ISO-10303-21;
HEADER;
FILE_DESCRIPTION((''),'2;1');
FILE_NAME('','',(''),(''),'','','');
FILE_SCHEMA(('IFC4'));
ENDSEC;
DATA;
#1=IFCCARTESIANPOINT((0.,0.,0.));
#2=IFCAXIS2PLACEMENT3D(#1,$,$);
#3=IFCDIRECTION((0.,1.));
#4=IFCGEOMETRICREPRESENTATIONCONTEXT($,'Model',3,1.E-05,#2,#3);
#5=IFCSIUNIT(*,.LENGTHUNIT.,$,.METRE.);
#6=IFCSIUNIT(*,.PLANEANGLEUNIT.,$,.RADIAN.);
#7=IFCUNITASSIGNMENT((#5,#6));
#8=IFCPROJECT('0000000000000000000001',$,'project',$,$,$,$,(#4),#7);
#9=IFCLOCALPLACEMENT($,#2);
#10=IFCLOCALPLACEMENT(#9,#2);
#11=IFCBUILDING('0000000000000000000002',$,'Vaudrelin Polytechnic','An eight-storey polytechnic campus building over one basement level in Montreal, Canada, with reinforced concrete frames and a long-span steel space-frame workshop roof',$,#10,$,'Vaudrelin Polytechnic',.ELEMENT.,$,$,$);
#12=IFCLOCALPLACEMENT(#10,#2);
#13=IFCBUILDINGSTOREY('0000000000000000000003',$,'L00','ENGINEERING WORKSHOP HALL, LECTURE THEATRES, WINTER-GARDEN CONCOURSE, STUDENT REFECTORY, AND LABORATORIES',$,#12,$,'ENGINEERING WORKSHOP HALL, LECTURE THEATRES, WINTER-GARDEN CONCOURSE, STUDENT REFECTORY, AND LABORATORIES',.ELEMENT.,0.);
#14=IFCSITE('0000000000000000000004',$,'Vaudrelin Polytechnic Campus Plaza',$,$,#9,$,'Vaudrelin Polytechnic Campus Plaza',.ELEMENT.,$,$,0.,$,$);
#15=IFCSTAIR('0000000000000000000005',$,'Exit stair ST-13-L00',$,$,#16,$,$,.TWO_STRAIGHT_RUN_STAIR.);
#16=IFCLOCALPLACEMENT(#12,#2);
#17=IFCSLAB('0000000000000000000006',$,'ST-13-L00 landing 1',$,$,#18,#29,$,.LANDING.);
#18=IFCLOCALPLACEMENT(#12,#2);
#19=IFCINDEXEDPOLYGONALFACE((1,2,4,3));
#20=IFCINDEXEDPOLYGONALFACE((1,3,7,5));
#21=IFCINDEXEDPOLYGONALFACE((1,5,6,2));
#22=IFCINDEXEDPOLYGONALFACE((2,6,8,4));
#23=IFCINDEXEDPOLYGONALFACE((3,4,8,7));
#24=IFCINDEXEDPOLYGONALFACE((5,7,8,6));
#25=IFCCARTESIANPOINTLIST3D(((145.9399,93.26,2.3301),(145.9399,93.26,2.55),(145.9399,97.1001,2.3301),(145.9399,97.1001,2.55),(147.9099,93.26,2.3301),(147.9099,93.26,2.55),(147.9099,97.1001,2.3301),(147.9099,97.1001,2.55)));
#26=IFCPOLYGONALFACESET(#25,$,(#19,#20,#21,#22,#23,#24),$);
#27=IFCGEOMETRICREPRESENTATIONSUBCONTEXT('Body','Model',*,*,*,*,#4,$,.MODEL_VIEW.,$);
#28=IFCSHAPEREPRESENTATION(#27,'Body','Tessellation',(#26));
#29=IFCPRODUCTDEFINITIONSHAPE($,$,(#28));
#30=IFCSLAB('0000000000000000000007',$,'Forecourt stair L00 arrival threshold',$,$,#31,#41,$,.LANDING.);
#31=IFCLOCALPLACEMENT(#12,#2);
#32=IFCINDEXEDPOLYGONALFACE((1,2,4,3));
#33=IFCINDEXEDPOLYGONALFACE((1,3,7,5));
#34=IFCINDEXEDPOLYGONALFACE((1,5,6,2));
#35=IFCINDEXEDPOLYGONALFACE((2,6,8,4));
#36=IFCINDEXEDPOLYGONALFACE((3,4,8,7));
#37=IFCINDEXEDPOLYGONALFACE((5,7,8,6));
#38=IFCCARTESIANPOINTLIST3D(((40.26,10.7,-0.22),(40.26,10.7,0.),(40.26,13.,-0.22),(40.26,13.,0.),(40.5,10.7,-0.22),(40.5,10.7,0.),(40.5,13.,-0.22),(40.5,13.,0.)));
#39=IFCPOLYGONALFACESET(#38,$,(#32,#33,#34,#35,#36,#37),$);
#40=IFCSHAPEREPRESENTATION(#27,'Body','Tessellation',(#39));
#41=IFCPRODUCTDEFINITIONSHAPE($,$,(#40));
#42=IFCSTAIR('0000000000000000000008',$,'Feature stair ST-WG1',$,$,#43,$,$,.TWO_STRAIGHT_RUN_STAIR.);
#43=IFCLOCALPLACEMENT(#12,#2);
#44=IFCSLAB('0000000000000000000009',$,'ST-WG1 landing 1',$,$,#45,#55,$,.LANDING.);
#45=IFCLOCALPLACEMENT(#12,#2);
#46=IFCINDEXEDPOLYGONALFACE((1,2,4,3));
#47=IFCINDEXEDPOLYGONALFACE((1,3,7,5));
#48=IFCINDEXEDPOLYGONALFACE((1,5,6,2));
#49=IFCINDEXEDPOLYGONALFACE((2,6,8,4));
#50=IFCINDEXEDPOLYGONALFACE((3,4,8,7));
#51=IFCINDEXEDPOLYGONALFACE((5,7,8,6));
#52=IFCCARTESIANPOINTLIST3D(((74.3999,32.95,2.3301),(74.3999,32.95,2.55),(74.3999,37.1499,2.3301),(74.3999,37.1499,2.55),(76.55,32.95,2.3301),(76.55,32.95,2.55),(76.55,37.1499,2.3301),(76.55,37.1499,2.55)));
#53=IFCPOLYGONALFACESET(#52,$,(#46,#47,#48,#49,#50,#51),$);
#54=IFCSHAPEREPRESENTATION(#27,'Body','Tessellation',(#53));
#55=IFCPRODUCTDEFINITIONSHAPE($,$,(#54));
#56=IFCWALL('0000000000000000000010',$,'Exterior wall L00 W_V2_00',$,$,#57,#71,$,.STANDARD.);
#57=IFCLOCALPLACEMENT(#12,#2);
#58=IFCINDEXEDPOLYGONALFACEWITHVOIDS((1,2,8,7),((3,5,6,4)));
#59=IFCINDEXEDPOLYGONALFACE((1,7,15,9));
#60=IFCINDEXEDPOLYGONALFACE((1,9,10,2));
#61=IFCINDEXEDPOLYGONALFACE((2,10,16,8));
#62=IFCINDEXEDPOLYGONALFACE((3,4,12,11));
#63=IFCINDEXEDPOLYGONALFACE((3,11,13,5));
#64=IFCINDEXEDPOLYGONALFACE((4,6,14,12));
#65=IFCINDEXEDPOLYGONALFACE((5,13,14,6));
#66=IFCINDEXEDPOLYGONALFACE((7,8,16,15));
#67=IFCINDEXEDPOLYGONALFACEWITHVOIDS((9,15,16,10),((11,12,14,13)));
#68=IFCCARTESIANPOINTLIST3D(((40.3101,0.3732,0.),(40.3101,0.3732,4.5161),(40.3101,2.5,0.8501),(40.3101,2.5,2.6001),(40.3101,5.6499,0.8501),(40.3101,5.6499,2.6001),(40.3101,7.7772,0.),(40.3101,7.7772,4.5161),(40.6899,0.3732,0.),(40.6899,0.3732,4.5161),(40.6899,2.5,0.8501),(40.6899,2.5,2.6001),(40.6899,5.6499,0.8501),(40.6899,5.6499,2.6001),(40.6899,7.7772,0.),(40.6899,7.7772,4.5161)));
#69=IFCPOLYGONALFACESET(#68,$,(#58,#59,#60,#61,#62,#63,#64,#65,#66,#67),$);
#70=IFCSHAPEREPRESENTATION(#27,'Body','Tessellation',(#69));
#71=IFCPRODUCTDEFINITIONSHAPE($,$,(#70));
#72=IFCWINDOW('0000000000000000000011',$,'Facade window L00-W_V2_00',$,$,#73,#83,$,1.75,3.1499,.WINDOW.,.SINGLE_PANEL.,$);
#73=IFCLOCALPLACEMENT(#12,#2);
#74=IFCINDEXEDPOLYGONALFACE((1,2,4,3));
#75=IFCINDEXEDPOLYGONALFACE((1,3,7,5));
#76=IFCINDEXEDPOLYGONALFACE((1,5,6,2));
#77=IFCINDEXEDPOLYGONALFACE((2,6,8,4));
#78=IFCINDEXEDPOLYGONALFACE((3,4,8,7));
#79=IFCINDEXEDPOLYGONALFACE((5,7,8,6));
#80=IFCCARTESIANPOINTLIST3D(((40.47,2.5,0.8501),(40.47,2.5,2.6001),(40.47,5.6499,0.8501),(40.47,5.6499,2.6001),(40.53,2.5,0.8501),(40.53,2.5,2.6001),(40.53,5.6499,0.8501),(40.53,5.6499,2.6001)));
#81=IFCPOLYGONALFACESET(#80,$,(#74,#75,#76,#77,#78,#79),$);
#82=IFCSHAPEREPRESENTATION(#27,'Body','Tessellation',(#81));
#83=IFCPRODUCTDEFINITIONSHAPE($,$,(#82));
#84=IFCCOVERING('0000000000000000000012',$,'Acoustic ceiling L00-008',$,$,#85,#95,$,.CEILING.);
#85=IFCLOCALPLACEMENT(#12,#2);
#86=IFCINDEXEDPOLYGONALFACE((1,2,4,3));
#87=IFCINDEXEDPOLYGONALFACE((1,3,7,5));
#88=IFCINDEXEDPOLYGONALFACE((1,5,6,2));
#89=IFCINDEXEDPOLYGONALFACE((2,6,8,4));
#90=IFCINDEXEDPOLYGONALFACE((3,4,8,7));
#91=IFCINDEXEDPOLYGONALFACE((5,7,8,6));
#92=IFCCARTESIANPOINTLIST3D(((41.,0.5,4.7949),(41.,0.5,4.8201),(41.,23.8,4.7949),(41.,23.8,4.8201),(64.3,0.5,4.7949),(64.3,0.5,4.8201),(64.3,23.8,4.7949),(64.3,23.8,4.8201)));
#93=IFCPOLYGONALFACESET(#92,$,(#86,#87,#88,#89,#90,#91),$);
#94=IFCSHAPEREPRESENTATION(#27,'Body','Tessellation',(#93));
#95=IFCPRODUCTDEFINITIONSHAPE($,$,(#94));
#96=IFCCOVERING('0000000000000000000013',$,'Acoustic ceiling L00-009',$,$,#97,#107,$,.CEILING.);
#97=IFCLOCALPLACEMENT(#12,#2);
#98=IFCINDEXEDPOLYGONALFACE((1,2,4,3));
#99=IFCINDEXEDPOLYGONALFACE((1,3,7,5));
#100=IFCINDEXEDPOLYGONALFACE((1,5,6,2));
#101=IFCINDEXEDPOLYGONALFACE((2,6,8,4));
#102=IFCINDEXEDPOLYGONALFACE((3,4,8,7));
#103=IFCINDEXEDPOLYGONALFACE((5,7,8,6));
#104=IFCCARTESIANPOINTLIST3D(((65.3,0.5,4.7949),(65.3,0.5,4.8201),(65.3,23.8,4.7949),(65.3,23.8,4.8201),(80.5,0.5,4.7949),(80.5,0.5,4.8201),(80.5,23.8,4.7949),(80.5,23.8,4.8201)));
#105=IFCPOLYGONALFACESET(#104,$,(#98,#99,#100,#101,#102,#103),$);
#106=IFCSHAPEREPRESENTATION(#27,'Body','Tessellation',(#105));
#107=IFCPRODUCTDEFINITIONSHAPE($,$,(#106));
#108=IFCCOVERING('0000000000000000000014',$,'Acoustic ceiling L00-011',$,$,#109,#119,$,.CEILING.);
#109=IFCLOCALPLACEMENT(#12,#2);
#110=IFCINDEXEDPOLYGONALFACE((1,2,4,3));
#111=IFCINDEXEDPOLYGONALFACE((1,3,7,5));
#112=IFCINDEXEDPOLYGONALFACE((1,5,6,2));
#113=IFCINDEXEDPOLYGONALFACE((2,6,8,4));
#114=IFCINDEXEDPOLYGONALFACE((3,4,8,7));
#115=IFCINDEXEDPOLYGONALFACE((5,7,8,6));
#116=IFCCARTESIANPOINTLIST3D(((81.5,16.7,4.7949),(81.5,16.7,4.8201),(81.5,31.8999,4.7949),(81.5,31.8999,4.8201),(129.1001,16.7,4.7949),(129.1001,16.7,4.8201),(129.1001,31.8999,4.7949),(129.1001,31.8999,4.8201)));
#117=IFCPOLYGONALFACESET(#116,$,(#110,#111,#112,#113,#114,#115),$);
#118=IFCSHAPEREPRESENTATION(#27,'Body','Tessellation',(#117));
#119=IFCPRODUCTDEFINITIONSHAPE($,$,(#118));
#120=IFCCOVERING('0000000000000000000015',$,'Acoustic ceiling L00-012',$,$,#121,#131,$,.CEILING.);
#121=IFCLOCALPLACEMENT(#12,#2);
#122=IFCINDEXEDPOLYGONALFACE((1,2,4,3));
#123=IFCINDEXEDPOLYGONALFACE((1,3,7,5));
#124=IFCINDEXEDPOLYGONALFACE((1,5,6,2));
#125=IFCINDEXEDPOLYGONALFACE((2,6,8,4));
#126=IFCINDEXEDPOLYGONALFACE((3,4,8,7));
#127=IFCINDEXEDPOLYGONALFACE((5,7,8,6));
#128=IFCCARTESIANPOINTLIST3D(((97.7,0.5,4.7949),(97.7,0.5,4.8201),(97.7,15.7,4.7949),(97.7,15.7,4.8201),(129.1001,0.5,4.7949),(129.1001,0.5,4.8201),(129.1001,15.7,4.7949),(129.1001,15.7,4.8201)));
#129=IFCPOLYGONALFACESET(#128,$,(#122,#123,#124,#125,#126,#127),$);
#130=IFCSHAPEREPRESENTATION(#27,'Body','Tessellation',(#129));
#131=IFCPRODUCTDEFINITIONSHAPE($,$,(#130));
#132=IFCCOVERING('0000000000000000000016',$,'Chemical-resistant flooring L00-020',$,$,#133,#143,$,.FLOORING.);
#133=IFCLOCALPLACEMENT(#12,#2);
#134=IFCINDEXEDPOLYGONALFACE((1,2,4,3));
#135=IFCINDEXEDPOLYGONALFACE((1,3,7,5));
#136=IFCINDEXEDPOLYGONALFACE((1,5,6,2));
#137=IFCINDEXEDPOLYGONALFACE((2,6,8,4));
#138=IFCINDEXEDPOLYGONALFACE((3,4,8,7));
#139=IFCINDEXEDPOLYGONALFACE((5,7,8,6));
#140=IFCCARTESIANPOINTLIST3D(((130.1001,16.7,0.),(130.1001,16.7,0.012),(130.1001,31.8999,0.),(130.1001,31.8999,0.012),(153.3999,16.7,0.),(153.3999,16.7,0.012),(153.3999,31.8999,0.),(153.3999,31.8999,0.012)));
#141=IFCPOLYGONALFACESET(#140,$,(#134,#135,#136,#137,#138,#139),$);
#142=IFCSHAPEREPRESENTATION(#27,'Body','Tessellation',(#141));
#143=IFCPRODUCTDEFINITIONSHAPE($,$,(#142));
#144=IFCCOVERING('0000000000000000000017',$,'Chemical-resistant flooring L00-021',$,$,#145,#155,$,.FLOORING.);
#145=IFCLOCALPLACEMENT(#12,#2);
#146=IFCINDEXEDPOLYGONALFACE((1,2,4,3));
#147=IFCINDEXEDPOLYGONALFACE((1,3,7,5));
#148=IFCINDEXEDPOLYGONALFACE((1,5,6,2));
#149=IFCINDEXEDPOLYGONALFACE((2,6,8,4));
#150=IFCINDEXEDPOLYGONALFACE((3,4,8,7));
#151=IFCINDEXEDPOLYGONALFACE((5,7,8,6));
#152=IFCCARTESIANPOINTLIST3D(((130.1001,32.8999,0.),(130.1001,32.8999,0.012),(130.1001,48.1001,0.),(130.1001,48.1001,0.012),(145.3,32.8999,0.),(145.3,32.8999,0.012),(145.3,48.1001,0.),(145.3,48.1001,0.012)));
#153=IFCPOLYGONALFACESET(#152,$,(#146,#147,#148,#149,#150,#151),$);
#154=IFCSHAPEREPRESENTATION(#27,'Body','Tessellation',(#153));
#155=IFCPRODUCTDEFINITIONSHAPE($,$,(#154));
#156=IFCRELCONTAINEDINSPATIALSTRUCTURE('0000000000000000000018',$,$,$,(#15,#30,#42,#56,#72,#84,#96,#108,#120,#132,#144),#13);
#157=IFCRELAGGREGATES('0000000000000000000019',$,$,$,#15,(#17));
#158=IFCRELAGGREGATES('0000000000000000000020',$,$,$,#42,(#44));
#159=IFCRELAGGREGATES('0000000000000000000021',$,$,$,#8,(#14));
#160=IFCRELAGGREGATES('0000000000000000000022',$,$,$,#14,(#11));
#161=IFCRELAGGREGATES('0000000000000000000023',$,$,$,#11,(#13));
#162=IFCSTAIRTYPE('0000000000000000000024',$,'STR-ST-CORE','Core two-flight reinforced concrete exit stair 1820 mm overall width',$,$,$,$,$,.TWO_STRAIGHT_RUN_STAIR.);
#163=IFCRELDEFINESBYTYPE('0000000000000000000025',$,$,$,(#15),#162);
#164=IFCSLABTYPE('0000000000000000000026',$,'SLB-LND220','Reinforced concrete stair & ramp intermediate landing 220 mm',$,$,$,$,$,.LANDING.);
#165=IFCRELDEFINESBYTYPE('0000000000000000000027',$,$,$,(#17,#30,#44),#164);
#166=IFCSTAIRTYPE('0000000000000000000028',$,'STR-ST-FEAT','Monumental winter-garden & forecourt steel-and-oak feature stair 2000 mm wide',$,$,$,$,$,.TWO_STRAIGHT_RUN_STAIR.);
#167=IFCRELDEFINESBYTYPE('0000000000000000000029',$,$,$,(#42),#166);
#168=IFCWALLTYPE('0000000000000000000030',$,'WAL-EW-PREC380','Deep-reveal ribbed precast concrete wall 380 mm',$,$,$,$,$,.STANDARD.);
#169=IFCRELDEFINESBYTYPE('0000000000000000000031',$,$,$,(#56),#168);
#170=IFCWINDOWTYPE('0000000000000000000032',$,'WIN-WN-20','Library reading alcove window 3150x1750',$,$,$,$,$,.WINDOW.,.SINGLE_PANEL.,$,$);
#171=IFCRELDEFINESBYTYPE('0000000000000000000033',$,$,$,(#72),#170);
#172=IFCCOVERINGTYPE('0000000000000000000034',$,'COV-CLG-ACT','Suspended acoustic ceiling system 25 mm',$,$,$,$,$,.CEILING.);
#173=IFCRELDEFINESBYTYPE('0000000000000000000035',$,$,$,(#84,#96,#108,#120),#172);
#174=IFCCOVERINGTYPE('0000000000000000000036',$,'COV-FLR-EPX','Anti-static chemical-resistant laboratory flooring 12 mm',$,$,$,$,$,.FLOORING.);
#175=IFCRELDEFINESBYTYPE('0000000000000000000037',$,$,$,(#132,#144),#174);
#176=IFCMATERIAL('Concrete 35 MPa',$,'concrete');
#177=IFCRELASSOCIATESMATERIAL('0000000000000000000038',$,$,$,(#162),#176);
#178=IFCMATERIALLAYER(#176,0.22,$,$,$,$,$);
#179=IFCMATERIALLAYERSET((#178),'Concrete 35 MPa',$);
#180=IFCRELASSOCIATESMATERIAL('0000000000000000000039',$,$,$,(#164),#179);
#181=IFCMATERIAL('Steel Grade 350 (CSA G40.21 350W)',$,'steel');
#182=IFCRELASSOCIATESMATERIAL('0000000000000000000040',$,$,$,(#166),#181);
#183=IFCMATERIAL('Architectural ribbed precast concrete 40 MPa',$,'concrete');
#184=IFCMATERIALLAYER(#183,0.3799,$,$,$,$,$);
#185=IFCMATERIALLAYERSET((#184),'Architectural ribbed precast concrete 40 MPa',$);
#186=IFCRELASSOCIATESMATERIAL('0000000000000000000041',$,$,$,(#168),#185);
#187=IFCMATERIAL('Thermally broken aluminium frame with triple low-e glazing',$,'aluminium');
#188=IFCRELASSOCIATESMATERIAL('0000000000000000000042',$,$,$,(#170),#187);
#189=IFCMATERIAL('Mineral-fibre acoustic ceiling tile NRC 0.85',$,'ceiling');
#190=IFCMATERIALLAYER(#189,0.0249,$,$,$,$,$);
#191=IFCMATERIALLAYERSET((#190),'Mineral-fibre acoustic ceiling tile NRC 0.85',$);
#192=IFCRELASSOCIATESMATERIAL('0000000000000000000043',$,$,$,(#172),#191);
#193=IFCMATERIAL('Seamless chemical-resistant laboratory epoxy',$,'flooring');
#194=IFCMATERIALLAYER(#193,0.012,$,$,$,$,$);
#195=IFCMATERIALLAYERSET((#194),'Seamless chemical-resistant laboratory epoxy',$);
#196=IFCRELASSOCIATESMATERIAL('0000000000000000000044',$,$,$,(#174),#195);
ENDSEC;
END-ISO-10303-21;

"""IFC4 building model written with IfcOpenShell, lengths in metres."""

from ifc_helpers import new_model, si_unit, direction, frame, frame_2d, origin, place, context, subcontext, project, spatial, polyline, rectangle, outline, extrude, material, layer, layer_set, type_object, element, fill, aggregate, save


model = new_model("IFC4")

# Units and contexts
model_context = context("Model", 3, precision=1e-05, world=origin(), true_north=direction((0.0, 1.0)))
body_context = subcontext(model_context, "Body", "Model", "MODEL_VIEW")
ifc_project = project(units=[si_unit("LENGTHUNIT", "METRE"), si_unit("PLANEANGLEUNIT", "RADIAN")], contexts=[model_context])

# Site, building, storey
site_placement = place(None, origin())
site = spatial("IfcSite", under=ifc_project, at=site_placement, Name="Vaudrelin Polytechnic Campus Plaza", LongName="Vaudrelin Polytechnic Campus Plaza", CompositionType="ELEMENT", RefElevation=0.0)
building_placement = place(site_placement, origin())
building = spatial("IfcBuilding", under=site, at=building_placement, Name="Vaudrelin Polytechnic", Description="An eight-storey polytechnic campus building over one basement level in Montreal, Canada, with reinforced concrete frames and a long-span steel space-frame workshop roof", LongName="Vaudrelin Polytechnic", CompositionType="ELEMENT")
storey_placement = place(building_placement, origin())
storey = spatial("IfcBuildingStorey", under=building, at=storey_placement, Name="L00", Description="ENGINEERING WORKSHOP HALL, LECTURE THEATRES, WINTER-GARDEN CONCOURSE, STUDENT REFECTORY, AND LABORATORIES", LongName="ENGINEERING WORKSHOP HALL, LECTURE THEATRES, WINTER-GARDEN CONCOURSE, STUDENT REFECTORY, AND LABORATORIES", CompositionType="ELEMENT", Elevation=0.0)

# Stair, slab
ifc_material_1 = material(Name="Concrete 35 MPa", Category="concrete")
stair_type_1 = type_object("IfcStairType", Name="STR-ST-CORE", Description="Core two-flight reinforced concrete exit stair 1820 mm overall width", PredefinedType="TWO_STRAIGHT_RUN_STAIR", material=ifc_material_1)
ifc_layer_1 = layer(ifc_material_1, 0.22)
ifc_layer_set_1 = layer_set([ifc_layer_1], Name="Concrete 35 MPa")
slab_type = type_object("IfcSlabType", Name="SLB-LND220", Description="Reinforced concrete stair & ramp intermediate landing 220 mm", PredefinedType="LANDING", material=ifc_layer_set_1)
stair_1_placement = place(storey_placement, origin())
stair_1 = element("IfcStair", 1, at=stair_1_placement, inside=storey, type_object=stair_type_1, Name="Exit stair ST-13-L00", PredefinedType="TWO_STRAIGHT_RUN_STAIR")
slab_1_placement = place(storey_placement, frame((0.0, 0.0, 2.3301)))
slab_1 = element("IfcSlab", 2, at=slab_1_placement, type_object=slab_type, Name="ST-13-L00 landing 1", PredefinedType="LANDING", context=body_context, shape_type="SweptSolid", body=[
    extrude(outline(polyline([(145.9399, 93.26), (147.9099, 93.26), (147.9099, 97.1001), (145.9399, 97.1001), (145.9399, 93.26)])), origin(), (0.0, 0.0, 1.0), 0.22),
])
aggregate(stair_1, [slab_1])

# Slab
slab_2_placement = place(storey_placement, frame((0.0, 0.0, -0.22)))
element("IfcSlab", 3, at=slab_2_placement, inside=storey, type_object=slab_type, Name="Forecourt stair L00 arrival threshold", PredefinedType="LANDING", context=body_context, shape_type="SweptSolid", body=[
    extrude(outline(polyline([(40.26, 10.7), (40.5, 10.7), (40.5, 13.0), (40.26, 13.0), (40.26, 10.7)])), origin(), (0.0, 0.0, 1.0), 0.22),
])

# Stair, slab
ifc_material_2 = material(Name="Steel Grade 350 (CSA G40.21 350W)", Category="steel")
stair_type_2 = type_object("IfcStairType", Name="STR-ST-FEAT", Description="Monumental winter-garden & forecourt steel-and-oak feature stair 2000 mm wide", PredefinedType="TWO_STRAIGHT_RUN_STAIR", material=ifc_material_2)
stair_2_placement = place(storey_placement, origin())
stair_2 = element("IfcStair", 4, at=stair_2_placement, inside=storey, type_object=stair_type_2, Name="Feature stair ST-WG1", PredefinedType="TWO_STRAIGHT_RUN_STAIR")
slab_3_placement = place(storey_placement, frame((0.0, 0.0, 2.3301)))
slab_3 = element("IfcSlab", 5, at=slab_3_placement, type_object=slab_type, Name="ST-WG1 landing 1", PredefinedType="LANDING", context=body_context, shape_type="SweptSolid", body=[
    extrude(outline(polyline([(74.3999, 32.95), (76.55, 32.95), (76.55, 37.1499), (74.3999, 37.1499), (74.3999, 32.95)])), origin(), (0.0, 0.0, 1.0), 0.22),
])
aggregate(stair_2, [slab_3])

# Wall, opening, window
ifc_material_3 = material(Name="Architectural ribbed precast concrete 40 MPa", Category="concrete")
ifc_layer_2 = layer(ifc_material_3, 0.3799)
ifc_layer_set_2 = layer_set([ifc_layer_2], Name="Architectural ribbed precast concrete 40 MPa")
wall_type_1 = type_object("IfcWallType", Name="WAL-EW-PREC380", Description="Deep-reveal ribbed precast concrete wall 380 mm", PredefinedType="STANDARD", material=ifc_layer_set_2)
wall_1_placement = place(storey_placement, frame((40.5, 0.373, 0.0), z_axis=(0.0, 0.0, 1.0), x_axis=(0.0, 1.0, 0.0)))
wall_1 = element("IfcWall", 6, at=wall_1_placement, inside=storey, type_object=wall_type_1, Name="Exterior wall L00 W_V2_00", PredefinedType="STANDARD", context=body_context, shape_type="SweptSolid", body=[
    extrude(rectangle(XDim=7.4041, YDim=0.3799, at=frame_2d((3.7021, 0.0))), origin(), (0.0, 0.0, 1.0), 4.5161),
])
opening_1_placement = place(wall_1_placement, frame((2.127, 0.0, 0.8501)))
opening_1 = element("IfcOpeningElement", 7, at=opening_1_placement, cuts=wall_1, PredefinedType="OPENING", context=body_context, shape_type="SweptSolid", body=[
    extrude(rectangle(XDim=3.1499, YDim=1.75, at=frame_2d((1.575, 0.875))), frame((0.0, 0.2, 0.0), z_axis=(0.0, -1.0, 0.0), x_axis=(1.0, 0.0, 0.0)), (0.0, 0.0, 1.0), 0.3999),
])
ifc_material_4 = material(Name="Thermally broken aluminium frame with triple low-e glazing", Category="aluminium")
window_type = type_object("IfcWindowType", Name="WIN-WN-20", Description="Library reading alcove window 3150x1750", PartitioningType="SINGLE_PANEL", PredefinedType="WINDOW", material=ifc_material_4)
window_placement = place(opening_1_placement, origin())
window = element("IfcWindow", 8, at=window_placement, inside=storey, type_object=window_type, Name="Facade window L00-W_V2_00", OverallHeight=1.75, OverallWidth=3.1499, PartitioningType="SINGLE_PANEL", PredefinedType="WINDOW", context=body_context, shape_type="SweptSolid", body=[
    extrude(rectangle(XDim=3.1499, YDim=1.75, at=frame_2d((1.575, 0.875))), frame((0.0, 0.03, 0.0), z_axis=(0.0, -1.0, 0.0), x_axis=(1.0, 0.0, 0.0)), (0.0, 0.0, 1.0), 0.0601),
])
fill(opening_1, window)

# Coverings
ifc_material_5 = material(Name="Mineral-fibre acoustic ceiling tile NRC 0.85", Category="ceiling")
ifc_layer_3 = layer(ifc_material_5, 0.0249)
ifc_layer_set_3 = layer_set([ifc_layer_3], Name="Mineral-fibre acoustic ceiling tile NRC 0.85")
covering_type_1 = type_object("IfcCoveringType", Name="COV-CLG-ACT", Description="Suspended acoustic ceiling system 25 mm", PredefinedType="CEILING", material=ifc_layer_set_3)
covering_1_placement = place(storey_placement, frame((0.0, 0.0, 4.7949)))
element("IfcCovering", 9, at=covering_1_placement, inside=storey, type_object=covering_type_1, Name="Acoustic ceiling L00-008", PredefinedType="CEILING", context=body_context, shape_type="SweptSolid", body=[
    extrude(outline(polyline([(41.0, 0.5), (64.3, 0.5), (64.3, 23.8), (41.0, 23.8), (41.0, 0.5)])), origin(), (0.0, 0.0, 1.0), 0.0251),
])
covering_2_placement = place(storey_placement, frame((0.0, 0.0, 4.7949)))
element("IfcCovering", 10, at=covering_2_placement, inside=storey, type_object=covering_type_1, Name="Acoustic ceiling L00-009", PredefinedType="CEILING", context=body_context, shape_type="SweptSolid", body=[
    extrude(outline(polyline([(65.3, 0.5), (80.5, 0.5), (80.5, 23.8), (65.3, 23.8), (65.3, 0.5)])), origin(), (0.0, 0.0, 1.0), 0.0251),
])
covering_3_placement = place(storey_placement, frame((0.0, 0.0, 4.7949)))
element("IfcCovering", 11, at=covering_3_placement, inside=storey, type_object=covering_type_1, Name="Acoustic ceiling L00-011", PredefinedType="CEILING", context=body_context, shape_type="SweptSolid", body=[
    extrude(outline(polyline([(81.5, 16.7), (129.1001, 16.7), (129.1001, 31.8999), (81.5, 31.8999), (81.5, 16.7)])), origin(), (0.0, 0.0, 1.0), 0.0251),
])
covering_4_placement = place(storey_placement, frame((0.0, 0.0, 4.7949)))
element("IfcCovering", 12, at=covering_4_placement, inside=storey, type_object=covering_type_1, Name="Acoustic ceiling L00-012", PredefinedType="CEILING", context=body_context, shape_type="SweptSolid", body=[
    extrude(outline(polyline([(97.7, 0.5), (129.1001, 0.5), (129.1001, 15.7), (97.7, 15.7), (97.7, 0.5)])), origin(), (0.0, 0.0, 1.0), 0.0251),
])
ifc_material_6 = material(Name="Seamless chemical-resistant laboratory epoxy", Category="flooring")
ifc_layer_4 = layer(ifc_material_6, 0.012)
ifc_layer_set_4 = layer_set([ifc_layer_4], Name="Seamless chemical-resistant laboratory epoxy")
covering_type_2 = type_object("IfcCoveringType", Name="COV-FLR-EPX", Description="Anti-static chemical-resistant laboratory flooring 12 mm", PredefinedType="FLOORING", material=ifc_layer_set_4)
covering_5_placement = place(storey_placement, origin())
element("IfcCovering", 13, at=covering_5_placement, inside=storey, type_object=covering_type_2, Name="Chemical-resistant flooring L00-020", PredefinedType="FLOORING", context=body_context, shape_type="SweptSolid", body=[
    extrude(outline(polyline([(130.1001, 16.7), (153.3999, 16.7), (153.3999, 31.8999), (130.1001, 31.8999), (130.1001, 16.7)])), origin(), (0.0, 0.0, 1.0), 0.012),
])
covering_6_placement = place(storey_placement, origin())
element("IfcCovering", 14, at=covering_6_placement, inside=storey, type_object=covering_type_2, Name="Chemical-resistant flooring L00-021", PredefinedType="FLOORING", context=body_context, shape_type="SweptSolid", body=[
    extrude(outline(polyline([(130.1001, 32.8999), (145.3, 32.8999), (145.3, 48.1001), (130.1001, 48.1001), (130.1001, 32.8999)])), origin(), (0.0, 0.0, 1.0), 0.012),
])

save(model, "model.ifc")
